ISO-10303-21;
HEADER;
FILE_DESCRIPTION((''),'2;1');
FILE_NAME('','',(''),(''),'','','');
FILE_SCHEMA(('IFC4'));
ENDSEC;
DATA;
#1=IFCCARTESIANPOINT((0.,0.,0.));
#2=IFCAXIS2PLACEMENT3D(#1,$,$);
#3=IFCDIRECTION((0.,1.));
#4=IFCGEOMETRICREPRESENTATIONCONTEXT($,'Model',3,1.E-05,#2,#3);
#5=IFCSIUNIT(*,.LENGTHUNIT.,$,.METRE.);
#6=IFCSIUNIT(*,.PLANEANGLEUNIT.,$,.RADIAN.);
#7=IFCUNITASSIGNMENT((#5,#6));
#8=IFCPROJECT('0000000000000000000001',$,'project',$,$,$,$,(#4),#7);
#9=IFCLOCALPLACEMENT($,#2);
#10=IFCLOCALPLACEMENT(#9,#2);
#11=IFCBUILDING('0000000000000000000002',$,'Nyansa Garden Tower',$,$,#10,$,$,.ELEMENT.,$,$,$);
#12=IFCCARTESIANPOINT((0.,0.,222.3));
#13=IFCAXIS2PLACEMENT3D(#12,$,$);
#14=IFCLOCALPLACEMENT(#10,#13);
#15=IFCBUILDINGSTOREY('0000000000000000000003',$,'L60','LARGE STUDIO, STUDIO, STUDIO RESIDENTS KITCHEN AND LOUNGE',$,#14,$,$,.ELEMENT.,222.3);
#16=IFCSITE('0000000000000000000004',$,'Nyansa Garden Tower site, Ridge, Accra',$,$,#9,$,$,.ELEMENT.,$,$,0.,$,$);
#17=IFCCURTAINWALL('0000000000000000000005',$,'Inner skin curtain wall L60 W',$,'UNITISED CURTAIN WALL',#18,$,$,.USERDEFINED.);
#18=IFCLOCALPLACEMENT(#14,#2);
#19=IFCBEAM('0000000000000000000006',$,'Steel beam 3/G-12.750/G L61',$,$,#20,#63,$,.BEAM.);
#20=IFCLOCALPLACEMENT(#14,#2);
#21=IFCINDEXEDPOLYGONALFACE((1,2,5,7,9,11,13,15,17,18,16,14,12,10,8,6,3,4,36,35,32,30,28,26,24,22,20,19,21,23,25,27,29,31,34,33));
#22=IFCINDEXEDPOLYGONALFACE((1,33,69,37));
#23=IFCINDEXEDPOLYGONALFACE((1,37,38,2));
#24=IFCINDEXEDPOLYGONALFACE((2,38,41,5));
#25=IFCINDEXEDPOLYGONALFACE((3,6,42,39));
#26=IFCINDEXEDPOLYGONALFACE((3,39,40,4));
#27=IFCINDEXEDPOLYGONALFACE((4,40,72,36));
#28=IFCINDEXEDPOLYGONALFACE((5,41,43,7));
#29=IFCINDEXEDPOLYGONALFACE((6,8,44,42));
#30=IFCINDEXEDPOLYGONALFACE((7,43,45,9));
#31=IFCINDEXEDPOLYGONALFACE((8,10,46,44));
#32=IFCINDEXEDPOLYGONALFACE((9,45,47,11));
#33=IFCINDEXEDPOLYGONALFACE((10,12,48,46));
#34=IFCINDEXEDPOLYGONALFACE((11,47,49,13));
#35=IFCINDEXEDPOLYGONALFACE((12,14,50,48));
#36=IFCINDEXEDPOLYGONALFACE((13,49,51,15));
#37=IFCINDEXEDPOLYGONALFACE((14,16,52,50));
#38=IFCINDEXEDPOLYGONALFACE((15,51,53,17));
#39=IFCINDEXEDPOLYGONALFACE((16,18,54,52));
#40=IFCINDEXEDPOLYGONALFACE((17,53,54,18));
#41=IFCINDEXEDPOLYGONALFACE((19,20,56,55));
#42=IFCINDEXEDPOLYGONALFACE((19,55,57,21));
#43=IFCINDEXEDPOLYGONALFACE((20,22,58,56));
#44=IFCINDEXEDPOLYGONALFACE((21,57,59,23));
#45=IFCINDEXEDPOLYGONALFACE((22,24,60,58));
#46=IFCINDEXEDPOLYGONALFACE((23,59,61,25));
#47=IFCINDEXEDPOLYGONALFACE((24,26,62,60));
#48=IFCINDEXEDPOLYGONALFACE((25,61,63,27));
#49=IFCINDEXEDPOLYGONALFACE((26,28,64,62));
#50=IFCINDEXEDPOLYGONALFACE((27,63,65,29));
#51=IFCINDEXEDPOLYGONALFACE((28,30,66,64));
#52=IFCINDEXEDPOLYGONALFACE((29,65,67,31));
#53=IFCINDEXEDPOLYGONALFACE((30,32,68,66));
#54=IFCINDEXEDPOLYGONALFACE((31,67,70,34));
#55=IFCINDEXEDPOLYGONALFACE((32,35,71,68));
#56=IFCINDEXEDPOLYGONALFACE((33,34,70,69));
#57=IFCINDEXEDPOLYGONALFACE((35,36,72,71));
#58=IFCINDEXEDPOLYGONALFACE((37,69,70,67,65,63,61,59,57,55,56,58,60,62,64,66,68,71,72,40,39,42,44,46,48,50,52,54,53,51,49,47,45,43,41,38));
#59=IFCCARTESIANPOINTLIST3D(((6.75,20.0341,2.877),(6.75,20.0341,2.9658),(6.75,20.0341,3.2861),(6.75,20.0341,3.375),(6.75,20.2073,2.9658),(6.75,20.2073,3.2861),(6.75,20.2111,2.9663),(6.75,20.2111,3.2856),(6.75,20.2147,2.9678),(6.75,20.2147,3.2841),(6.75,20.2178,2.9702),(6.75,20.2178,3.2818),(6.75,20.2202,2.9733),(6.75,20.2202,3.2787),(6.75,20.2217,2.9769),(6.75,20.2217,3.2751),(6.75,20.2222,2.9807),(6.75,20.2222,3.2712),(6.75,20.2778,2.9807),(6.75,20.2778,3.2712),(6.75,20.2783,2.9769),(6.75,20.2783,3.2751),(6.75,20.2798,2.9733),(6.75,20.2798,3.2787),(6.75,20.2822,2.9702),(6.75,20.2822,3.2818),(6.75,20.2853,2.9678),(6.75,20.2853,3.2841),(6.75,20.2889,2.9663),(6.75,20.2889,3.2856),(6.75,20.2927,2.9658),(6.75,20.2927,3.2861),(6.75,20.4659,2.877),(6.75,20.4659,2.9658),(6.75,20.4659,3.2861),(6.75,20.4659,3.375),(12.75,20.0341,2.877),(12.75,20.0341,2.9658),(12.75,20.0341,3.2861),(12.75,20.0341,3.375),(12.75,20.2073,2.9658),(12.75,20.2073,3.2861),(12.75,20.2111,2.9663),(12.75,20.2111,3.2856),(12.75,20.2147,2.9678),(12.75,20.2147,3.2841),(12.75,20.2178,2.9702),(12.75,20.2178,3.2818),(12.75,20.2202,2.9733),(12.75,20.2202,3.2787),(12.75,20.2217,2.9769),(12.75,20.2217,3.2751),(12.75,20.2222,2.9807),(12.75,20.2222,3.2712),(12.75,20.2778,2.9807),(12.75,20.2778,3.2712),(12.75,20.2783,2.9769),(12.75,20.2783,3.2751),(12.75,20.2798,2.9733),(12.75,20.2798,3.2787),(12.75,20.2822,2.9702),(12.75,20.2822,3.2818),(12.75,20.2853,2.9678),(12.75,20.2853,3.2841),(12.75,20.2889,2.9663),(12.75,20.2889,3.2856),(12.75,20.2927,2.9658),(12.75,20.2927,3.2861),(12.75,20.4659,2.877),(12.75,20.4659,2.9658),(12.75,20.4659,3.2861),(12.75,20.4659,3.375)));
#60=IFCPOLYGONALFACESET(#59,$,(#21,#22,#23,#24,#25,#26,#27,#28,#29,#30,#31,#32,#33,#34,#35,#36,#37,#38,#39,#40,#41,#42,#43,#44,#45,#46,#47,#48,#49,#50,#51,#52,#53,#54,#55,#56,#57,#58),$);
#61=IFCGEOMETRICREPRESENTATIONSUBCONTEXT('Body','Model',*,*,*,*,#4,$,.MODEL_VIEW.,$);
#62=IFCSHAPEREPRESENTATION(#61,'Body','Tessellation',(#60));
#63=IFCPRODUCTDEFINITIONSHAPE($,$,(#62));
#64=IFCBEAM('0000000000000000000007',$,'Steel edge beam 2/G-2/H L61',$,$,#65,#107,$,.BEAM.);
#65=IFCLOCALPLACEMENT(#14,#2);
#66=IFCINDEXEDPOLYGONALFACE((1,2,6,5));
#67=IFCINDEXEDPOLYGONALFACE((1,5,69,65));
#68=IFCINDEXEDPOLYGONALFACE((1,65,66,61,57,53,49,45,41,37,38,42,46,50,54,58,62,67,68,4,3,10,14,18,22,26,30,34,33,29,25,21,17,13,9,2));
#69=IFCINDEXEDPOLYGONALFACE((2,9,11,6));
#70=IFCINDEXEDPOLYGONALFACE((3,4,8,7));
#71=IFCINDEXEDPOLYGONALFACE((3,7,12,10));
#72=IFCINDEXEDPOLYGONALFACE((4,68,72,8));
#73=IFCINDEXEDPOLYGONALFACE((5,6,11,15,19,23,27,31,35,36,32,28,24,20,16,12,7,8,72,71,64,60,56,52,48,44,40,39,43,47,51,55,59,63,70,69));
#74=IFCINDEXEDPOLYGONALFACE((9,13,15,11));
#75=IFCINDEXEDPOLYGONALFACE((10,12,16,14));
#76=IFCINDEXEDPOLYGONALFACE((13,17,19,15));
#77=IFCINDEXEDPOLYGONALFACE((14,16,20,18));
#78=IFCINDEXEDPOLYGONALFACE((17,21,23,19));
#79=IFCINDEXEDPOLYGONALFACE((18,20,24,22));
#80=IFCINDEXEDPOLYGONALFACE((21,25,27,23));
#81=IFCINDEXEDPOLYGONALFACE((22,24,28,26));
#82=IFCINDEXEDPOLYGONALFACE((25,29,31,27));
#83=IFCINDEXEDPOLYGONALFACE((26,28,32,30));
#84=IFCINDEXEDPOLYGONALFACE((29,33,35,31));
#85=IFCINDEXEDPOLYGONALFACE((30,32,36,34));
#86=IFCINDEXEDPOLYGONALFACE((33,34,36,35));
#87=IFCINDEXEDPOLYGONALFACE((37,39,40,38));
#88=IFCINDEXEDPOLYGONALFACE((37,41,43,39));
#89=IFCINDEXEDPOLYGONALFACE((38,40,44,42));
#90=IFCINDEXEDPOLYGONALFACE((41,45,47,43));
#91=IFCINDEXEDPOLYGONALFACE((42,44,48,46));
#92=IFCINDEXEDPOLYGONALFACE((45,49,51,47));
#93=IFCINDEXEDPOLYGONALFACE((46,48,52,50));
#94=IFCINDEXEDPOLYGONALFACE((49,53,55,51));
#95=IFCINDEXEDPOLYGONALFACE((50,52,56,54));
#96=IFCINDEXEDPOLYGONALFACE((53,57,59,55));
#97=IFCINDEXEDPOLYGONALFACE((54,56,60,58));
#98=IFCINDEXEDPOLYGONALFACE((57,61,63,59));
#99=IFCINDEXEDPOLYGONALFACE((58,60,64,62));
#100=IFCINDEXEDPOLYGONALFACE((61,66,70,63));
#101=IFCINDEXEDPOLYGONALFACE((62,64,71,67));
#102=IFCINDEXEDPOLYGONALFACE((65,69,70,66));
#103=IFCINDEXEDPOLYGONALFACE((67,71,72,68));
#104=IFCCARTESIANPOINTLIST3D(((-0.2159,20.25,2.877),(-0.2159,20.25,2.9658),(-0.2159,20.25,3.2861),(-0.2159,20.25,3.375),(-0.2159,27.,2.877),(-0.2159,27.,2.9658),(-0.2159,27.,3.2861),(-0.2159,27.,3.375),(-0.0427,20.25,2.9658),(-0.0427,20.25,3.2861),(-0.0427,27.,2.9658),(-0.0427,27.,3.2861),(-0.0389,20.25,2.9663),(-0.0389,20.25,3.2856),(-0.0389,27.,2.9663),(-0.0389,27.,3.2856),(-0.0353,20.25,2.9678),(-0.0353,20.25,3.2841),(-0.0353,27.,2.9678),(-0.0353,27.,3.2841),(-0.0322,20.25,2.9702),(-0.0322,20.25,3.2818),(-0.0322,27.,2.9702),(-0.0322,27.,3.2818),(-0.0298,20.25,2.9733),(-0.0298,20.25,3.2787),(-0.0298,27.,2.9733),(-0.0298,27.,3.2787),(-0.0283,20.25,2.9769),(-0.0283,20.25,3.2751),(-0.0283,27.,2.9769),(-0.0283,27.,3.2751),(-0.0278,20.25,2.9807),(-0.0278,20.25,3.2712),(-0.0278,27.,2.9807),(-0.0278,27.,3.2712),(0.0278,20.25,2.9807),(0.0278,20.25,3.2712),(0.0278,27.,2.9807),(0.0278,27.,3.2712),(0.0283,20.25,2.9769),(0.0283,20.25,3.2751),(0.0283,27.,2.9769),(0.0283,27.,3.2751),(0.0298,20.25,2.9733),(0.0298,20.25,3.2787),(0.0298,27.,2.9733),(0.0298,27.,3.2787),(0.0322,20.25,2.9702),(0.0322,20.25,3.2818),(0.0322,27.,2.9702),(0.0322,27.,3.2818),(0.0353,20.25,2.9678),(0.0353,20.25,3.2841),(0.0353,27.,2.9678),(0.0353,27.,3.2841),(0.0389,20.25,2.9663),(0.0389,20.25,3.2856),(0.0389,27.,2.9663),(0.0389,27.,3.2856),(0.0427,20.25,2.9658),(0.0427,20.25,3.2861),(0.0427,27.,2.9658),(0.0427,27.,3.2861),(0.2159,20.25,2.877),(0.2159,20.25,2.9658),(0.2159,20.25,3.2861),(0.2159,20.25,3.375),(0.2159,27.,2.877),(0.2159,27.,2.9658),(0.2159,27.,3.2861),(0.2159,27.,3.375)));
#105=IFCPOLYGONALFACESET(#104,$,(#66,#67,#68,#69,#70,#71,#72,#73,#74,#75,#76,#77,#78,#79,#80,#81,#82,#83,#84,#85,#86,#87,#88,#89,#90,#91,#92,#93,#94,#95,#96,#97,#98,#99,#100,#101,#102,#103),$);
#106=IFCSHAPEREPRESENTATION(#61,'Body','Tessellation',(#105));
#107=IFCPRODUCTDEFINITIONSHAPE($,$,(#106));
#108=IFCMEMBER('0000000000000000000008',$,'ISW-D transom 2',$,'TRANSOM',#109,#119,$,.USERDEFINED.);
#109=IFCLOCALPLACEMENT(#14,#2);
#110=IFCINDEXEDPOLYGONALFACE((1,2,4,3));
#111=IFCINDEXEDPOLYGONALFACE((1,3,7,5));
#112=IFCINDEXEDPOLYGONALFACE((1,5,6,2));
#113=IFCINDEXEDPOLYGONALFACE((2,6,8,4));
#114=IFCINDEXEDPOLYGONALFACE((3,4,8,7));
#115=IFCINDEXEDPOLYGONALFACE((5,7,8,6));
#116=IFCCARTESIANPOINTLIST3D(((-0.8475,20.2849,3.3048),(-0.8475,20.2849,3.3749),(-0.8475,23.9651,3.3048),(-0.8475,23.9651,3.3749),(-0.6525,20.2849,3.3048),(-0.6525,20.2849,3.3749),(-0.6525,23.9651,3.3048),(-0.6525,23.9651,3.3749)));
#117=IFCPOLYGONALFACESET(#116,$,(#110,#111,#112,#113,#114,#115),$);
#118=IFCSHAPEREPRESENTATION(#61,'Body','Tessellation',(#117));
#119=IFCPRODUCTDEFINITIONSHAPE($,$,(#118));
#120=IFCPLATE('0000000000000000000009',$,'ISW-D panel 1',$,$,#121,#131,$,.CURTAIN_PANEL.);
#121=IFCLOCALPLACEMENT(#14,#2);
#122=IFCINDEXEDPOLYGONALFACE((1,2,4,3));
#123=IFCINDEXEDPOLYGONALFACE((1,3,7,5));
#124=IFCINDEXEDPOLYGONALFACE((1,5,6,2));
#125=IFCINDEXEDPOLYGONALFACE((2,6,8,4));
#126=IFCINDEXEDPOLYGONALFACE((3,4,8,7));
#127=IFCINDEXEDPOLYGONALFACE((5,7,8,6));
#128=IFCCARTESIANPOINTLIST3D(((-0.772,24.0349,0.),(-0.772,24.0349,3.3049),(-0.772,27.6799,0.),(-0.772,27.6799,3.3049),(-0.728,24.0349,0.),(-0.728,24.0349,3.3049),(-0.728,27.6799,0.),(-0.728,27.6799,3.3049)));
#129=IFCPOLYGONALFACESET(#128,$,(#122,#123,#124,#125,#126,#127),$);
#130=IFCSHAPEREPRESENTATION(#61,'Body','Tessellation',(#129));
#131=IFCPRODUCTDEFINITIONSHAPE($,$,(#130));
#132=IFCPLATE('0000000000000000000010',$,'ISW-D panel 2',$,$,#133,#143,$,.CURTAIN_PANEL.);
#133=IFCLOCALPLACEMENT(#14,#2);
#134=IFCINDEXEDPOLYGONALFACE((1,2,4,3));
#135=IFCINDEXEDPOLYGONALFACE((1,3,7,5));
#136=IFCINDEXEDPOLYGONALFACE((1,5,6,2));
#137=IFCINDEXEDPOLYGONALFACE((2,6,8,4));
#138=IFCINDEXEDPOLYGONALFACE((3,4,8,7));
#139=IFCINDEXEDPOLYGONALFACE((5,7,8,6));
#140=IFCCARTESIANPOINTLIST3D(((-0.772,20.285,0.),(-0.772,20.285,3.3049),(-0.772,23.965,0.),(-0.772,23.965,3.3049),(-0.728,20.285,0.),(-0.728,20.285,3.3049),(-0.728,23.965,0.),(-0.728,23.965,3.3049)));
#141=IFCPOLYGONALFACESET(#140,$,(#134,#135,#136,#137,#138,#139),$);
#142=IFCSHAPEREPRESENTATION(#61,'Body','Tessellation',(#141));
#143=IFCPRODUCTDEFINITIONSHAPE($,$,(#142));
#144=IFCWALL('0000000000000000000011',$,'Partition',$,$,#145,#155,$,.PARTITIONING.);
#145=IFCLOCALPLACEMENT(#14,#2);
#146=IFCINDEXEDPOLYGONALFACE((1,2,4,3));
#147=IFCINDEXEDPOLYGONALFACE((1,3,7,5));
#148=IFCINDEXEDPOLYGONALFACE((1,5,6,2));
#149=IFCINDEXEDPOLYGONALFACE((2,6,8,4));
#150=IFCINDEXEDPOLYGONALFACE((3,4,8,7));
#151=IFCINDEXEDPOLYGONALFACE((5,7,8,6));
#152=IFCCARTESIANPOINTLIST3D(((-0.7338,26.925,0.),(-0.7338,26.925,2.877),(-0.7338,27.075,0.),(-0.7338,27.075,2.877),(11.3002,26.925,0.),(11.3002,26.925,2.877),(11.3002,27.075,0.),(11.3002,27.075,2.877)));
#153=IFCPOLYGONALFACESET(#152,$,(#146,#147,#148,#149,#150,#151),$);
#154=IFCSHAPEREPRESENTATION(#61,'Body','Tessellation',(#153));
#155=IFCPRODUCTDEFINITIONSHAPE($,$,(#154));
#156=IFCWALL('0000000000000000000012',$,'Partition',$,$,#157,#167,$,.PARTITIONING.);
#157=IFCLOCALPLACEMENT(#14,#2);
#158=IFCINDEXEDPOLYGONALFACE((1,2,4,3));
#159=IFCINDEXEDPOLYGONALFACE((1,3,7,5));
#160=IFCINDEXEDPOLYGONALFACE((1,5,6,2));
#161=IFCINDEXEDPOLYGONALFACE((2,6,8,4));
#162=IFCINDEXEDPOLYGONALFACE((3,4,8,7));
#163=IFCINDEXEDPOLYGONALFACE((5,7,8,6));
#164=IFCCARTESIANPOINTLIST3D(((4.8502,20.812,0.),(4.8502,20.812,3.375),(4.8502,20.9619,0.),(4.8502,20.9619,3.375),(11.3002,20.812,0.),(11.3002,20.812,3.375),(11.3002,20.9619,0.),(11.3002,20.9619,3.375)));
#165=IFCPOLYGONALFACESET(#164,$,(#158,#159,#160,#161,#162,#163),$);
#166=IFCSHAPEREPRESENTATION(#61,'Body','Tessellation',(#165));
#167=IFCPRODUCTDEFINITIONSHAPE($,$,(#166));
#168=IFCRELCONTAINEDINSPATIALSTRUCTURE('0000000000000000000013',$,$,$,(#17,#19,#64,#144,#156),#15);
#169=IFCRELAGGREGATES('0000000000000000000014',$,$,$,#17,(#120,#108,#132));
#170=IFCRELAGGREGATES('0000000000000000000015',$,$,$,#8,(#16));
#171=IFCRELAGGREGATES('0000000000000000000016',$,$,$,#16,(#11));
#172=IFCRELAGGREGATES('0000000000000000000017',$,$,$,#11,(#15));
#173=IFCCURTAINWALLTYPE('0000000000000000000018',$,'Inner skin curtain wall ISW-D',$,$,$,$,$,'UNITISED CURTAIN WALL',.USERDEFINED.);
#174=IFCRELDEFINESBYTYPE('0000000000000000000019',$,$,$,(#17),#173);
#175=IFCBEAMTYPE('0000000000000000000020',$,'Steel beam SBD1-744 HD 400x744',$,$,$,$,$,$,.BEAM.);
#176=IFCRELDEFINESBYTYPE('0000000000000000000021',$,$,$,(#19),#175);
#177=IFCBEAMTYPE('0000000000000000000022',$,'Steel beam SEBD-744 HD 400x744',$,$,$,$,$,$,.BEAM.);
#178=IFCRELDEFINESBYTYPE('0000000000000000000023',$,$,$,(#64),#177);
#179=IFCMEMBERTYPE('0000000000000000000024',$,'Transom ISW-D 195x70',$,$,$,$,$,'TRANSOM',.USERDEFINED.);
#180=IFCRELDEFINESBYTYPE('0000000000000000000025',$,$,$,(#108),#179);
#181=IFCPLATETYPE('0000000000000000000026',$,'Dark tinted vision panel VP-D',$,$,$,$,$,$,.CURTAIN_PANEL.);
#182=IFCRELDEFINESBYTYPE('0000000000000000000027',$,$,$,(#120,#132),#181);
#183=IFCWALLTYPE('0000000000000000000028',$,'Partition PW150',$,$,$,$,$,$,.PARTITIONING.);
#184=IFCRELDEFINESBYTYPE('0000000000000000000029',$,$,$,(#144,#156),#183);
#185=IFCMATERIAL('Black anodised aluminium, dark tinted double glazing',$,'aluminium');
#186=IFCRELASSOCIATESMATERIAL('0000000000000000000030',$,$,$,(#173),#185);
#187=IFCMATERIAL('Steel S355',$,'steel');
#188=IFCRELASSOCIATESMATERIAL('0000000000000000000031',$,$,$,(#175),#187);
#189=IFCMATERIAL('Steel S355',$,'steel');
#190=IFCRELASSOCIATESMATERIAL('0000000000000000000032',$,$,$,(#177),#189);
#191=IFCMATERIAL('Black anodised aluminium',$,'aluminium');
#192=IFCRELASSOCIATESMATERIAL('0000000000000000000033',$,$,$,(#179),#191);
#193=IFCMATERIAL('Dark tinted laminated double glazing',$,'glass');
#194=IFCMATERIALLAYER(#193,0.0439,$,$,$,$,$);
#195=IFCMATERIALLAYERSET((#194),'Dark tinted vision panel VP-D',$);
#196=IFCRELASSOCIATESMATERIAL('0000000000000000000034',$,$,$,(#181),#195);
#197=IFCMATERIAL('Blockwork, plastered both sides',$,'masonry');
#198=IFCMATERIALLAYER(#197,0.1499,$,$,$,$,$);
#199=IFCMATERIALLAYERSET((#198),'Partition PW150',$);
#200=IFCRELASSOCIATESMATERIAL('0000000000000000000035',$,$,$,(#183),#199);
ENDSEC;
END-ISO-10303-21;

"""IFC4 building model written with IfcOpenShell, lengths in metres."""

from ifc_helpers import new_model, si_unit, direction, frame, frame_2d, origin, origin_2d, place, context, subcontext, project, spatial, rectangle, i_section, extrude, material, layer, layer_set, material_profile, profile_set, type_object, element, aggregate, save


model = new_model("IFC4")

# Units and contexts
model_context = context("Model", 3, precision=1e-05, world=origin(), true_north=direction((0.0, 1.0)))
body_context = subcontext(model_context, "Body", "Model", "MODEL_VIEW")
ifc_project = project(units=[si_unit("LENGTHUNIT", "METRE"), si_unit("PLANEANGLEUNIT", "RADIAN")], contexts=[model_context])

# Site, building, storey
site_placement = place(None, origin())
site = spatial("IfcSite", under=ifc_project, at=site_placement, Name="Nyansa Garden Tower site, Ridge, Accra", CompositionType="ELEMENT", RefElevation=0.0)
building_placement = place(site_placement, origin())
building = spatial("IfcBuilding", under=site, at=building_placement, Name="Nyansa Garden Tower", CompositionType="ELEMENT")
storey_placement = place(building_placement, frame((0.0, 0.0, 222.3)))
storey = spatial("IfcBuildingStorey", under=building, at=storey_placement, Name="L60", Description="LARGE STUDIO, STUDIO, STUDIO RESIDENTS KITCHEN AND LOUNGE", CompositionType="ELEMENT", Elevation=222.3)

# Curtain wall
ifc_material_1 = material(Name="Black anodised aluminium, dark tinted double glazing", Category="aluminium")
curtain_wall_type = type_object("IfcCurtainWallType", Name="Inner skin curtain wall ISW-D", ElementType="UNITISED CURTAIN WALL", PredefinedType="USERDEFINED", material=ifc_material_1)
curtain_wall_placement = place(storey_placement, origin())
curtain_wall = element("IfcCurtainWall", 1, at=curtain_wall_placement, inside=storey, type_object=curtain_wall_type, Name="Inner skin curtain wall L60 W", ObjectType="UNITISED CURTAIN WALL", PredefinedType="USERDEFINED")

# Beams
ifc_material_2 = material(Name="Steel S355", Category="steel")
ifc_material_profile_1 = material_profile(ifc_material_2, i_section(OverallWidth=0.4319, OverallDepth=0.498, WebThickness=0.0557, FlangeThickness=0.0889, FilletRadius=0.0149, at=origin_2d()), Name="HD 400x744")
ifc_profile_set_1 = profile_set([ifc_material_profile_1], Name="Steel S355")
beam_type_1 = type_object("IfcBeamType", Name="Steel beam SBD1-744 HD 400x744", PredefinedType="BEAM", material=ifc_profile_set_1)
beam_1_placement = place(storey_placement, frame((6.75, 20.25, 3.126), z_axis=(1.0, 0.0, 0.0), x_axis=(0.0, 1.0, 0.0)))
element("IfcBeam", 2, at=beam_1_placement, inside=storey, type_object=beam_type_1, Name="Steel beam 3/G-12.750/G L61", PredefinedType="BEAM", context=body_context, shape_type="SweptSolid", body=[
    extrude(i_section(OverallWidth=0.4319, OverallDepth=0.498, WebThickness=0.0557, FlangeThickness=0.0889, FilletRadius=0.0149, at=origin_2d()), origin(), (0.0, 0.0, 1.0), 6.0),
])
ifc_material_3 = material(Name="Steel S355", Category="steel")
ifc_material_profile_2 = material_profile(ifc_material_3, i_section(OverallWidth=0.4319, OverallDepth=0.498, WebThickness=0.0557, FlangeThickness=0.0889, FilletRadius=0.0149, at=origin_2d()), Name="HD 400x744")
ifc_profile_set_2 = profile_set([ifc_material_profile_2], Name="Steel S355")
beam_type_2 = type_object("IfcBeamType", Name="Steel beam SEBD-744 HD 400x744", PredefinedType="BEAM", material=ifc_profile_set_2)
beam_2_placement = place(storey_placement, frame((0.0, 20.25, 3.126), z_axis=(0.0, 1.0, 0.0), x_axis=(-1.0, 0.0, 0.0)))
element("IfcBeam", 3, at=beam_2_placement, inside=storey, type_object=beam_type_2, Name="Steel edge beam 2/G-2/H L61", PredefinedType="BEAM", context=body_context, shape_type="SweptSolid", body=[
    extrude(i_section(OverallWidth=0.4319, OverallDepth=0.498, WebThickness=0.0557, FlangeThickness=0.0889, FilletRadius=0.0149, at=origin_2d()), origin(), (0.0, 0.0, 1.0), 6.75),
])

# Member
ifc_material_4 = material(Name="Black anodised aluminium", Category="aluminium")
ifc_material_profile_3 = material_profile(ifc_material_4, rectangle(XDim=0.1951, YDim=0.0701, at=origin_2d()), Name="Transom 195x70")
ifc_profile_set_3 = profile_set([ifc_material_profile_3], Name="Black anodised aluminium")
member_type_1 = type_object("IfcMemberType", Name="Transom ISW-D 195x70", ElementType="TRANSOM", PredefinedType="USERDEFINED", material=ifc_profile_set_3)
member_1_placement = place(storey_placement, frame((-0.75, 23.9651, 3.3398), z_axis=(0.0, -1.0, 0.0), x_axis=(1.0, 0.0, 0.0)))
member_1 = element("IfcMember", 4, at=member_1_placement, type_object=member_type_1, Name="ISW-D transom 2", ObjectType="TRANSOM", PredefinedType="USERDEFINED", context=body_context, shape_type="SweptSolid", body=[
    extrude(rectangle(XDim=0.1951, YDim=0.0701, at=origin_2d()), origin(), (0.0, 0.0, 1.0), 3.6802),
])

# Plates
ifc_material_5 = material(Name="Dark tinted laminated double glazing", Category="glass")
ifc_layer_1 = layer(ifc_material_5, 0.0439)
ifc_layer_set_1 = layer_set([ifc_layer_1], Name="Dark tinted vision panel VP-D")
plate_type = type_object("IfcPlateType", Name="Dark tinted vision panel VP-D", PredefinedType="CURTAIN_PANEL", material=ifc_layer_set_1)
plate_1_placement = place(storey_placement, frame((-0.75, 25.8574, 0.0), z_axis=(0.0, 0.0, 1.0), x_axis=(0.0, -1.0, 0.0)))
plate_1 = element("IfcPlate", 5, at=plate_1_placement, type_object=plate_type, Name="ISW-D panel 1", PredefinedType="CURTAIN_PANEL", context=body_context, shape_type="SweptSolid", body=[
    extrude(rectangle(XDim=3.645, YDim=0.0439, at=origin_2d()), origin(), (0.0, 0.0, 1.0), 3.3049),
])
plate_2_placement = place(storey_placement, frame((-0.75, 22.125, 0.0), z_axis=(0.0, 0.0, 1.0), x_axis=(0.0, -1.0, 0.0)))
plate_2 = element("IfcPlate", 6, at=plate_2_placement, type_object=plate_type, Name="ISW-D panel 2", PredefinedType="CURTAIN_PANEL", context=body_context, shape_type="SweptSolid", body=[
    extrude(rectangle(XDim=3.6799, YDim=0.0439, at=origin_2d()), origin(), (0.0, 0.0, 1.0), 3.3049),
])
aggregate(curtain_wall, [plate_1, member_1, plate_2])

# Walls
ifc_material_6 = material(Name="Blockwork, plastered both sides", Category="masonry")
ifc_layer_2 = layer(ifc_material_6, 0.1499)
ifc_layer_set_2 = layer_set([ifc_layer_2], Name="Partition PW150")
wall_type_1 = type_object("IfcWallType", Name="Partition PW150", PredefinedType="PARTITIONING", material=ifc_layer_set_2)
wall_1_placement = place(storey_placement, frame((-0.7339, 27.0, 0.0), z_axis=(0.0, 0.0, 1.0), x_axis=(1.0, 0.0, 0.0)))
element("IfcWall", 7, at=wall_1_placement, inside=storey, type_object=wall_type_1, Name="Partition", PredefinedType="PARTITIONING", context=body_context, shape_type="SweptSolid", body=[
    extrude(rectangle(XDim=12.0339, YDim=0.1499, at=frame_2d((6.0171, 0.0))), origin(), (0.0, 0.0, 1.0), 2.877),
])
wall_2_placement = place(storey_placement, frame((4.8501, 20.887, 0.0), z_axis=(0.0, 0.0, 1.0), x_axis=(1.0, 0.0, 0.0)))
element("IfcWall", 8, at=wall_2_placement, inside=storey, type_object=wall_type_1, Name="Partition", PredefinedType="PARTITIONING", context=body_context, shape_type="SweptSolid", body=[
    extrude(rectangle(XDim=6.45, YDim=0.1499, at=frame_2d((3.2251, 0.0))), origin(), (0.0, 0.0, 1.0), 3.375),
])

save(model, "model.ifc")
